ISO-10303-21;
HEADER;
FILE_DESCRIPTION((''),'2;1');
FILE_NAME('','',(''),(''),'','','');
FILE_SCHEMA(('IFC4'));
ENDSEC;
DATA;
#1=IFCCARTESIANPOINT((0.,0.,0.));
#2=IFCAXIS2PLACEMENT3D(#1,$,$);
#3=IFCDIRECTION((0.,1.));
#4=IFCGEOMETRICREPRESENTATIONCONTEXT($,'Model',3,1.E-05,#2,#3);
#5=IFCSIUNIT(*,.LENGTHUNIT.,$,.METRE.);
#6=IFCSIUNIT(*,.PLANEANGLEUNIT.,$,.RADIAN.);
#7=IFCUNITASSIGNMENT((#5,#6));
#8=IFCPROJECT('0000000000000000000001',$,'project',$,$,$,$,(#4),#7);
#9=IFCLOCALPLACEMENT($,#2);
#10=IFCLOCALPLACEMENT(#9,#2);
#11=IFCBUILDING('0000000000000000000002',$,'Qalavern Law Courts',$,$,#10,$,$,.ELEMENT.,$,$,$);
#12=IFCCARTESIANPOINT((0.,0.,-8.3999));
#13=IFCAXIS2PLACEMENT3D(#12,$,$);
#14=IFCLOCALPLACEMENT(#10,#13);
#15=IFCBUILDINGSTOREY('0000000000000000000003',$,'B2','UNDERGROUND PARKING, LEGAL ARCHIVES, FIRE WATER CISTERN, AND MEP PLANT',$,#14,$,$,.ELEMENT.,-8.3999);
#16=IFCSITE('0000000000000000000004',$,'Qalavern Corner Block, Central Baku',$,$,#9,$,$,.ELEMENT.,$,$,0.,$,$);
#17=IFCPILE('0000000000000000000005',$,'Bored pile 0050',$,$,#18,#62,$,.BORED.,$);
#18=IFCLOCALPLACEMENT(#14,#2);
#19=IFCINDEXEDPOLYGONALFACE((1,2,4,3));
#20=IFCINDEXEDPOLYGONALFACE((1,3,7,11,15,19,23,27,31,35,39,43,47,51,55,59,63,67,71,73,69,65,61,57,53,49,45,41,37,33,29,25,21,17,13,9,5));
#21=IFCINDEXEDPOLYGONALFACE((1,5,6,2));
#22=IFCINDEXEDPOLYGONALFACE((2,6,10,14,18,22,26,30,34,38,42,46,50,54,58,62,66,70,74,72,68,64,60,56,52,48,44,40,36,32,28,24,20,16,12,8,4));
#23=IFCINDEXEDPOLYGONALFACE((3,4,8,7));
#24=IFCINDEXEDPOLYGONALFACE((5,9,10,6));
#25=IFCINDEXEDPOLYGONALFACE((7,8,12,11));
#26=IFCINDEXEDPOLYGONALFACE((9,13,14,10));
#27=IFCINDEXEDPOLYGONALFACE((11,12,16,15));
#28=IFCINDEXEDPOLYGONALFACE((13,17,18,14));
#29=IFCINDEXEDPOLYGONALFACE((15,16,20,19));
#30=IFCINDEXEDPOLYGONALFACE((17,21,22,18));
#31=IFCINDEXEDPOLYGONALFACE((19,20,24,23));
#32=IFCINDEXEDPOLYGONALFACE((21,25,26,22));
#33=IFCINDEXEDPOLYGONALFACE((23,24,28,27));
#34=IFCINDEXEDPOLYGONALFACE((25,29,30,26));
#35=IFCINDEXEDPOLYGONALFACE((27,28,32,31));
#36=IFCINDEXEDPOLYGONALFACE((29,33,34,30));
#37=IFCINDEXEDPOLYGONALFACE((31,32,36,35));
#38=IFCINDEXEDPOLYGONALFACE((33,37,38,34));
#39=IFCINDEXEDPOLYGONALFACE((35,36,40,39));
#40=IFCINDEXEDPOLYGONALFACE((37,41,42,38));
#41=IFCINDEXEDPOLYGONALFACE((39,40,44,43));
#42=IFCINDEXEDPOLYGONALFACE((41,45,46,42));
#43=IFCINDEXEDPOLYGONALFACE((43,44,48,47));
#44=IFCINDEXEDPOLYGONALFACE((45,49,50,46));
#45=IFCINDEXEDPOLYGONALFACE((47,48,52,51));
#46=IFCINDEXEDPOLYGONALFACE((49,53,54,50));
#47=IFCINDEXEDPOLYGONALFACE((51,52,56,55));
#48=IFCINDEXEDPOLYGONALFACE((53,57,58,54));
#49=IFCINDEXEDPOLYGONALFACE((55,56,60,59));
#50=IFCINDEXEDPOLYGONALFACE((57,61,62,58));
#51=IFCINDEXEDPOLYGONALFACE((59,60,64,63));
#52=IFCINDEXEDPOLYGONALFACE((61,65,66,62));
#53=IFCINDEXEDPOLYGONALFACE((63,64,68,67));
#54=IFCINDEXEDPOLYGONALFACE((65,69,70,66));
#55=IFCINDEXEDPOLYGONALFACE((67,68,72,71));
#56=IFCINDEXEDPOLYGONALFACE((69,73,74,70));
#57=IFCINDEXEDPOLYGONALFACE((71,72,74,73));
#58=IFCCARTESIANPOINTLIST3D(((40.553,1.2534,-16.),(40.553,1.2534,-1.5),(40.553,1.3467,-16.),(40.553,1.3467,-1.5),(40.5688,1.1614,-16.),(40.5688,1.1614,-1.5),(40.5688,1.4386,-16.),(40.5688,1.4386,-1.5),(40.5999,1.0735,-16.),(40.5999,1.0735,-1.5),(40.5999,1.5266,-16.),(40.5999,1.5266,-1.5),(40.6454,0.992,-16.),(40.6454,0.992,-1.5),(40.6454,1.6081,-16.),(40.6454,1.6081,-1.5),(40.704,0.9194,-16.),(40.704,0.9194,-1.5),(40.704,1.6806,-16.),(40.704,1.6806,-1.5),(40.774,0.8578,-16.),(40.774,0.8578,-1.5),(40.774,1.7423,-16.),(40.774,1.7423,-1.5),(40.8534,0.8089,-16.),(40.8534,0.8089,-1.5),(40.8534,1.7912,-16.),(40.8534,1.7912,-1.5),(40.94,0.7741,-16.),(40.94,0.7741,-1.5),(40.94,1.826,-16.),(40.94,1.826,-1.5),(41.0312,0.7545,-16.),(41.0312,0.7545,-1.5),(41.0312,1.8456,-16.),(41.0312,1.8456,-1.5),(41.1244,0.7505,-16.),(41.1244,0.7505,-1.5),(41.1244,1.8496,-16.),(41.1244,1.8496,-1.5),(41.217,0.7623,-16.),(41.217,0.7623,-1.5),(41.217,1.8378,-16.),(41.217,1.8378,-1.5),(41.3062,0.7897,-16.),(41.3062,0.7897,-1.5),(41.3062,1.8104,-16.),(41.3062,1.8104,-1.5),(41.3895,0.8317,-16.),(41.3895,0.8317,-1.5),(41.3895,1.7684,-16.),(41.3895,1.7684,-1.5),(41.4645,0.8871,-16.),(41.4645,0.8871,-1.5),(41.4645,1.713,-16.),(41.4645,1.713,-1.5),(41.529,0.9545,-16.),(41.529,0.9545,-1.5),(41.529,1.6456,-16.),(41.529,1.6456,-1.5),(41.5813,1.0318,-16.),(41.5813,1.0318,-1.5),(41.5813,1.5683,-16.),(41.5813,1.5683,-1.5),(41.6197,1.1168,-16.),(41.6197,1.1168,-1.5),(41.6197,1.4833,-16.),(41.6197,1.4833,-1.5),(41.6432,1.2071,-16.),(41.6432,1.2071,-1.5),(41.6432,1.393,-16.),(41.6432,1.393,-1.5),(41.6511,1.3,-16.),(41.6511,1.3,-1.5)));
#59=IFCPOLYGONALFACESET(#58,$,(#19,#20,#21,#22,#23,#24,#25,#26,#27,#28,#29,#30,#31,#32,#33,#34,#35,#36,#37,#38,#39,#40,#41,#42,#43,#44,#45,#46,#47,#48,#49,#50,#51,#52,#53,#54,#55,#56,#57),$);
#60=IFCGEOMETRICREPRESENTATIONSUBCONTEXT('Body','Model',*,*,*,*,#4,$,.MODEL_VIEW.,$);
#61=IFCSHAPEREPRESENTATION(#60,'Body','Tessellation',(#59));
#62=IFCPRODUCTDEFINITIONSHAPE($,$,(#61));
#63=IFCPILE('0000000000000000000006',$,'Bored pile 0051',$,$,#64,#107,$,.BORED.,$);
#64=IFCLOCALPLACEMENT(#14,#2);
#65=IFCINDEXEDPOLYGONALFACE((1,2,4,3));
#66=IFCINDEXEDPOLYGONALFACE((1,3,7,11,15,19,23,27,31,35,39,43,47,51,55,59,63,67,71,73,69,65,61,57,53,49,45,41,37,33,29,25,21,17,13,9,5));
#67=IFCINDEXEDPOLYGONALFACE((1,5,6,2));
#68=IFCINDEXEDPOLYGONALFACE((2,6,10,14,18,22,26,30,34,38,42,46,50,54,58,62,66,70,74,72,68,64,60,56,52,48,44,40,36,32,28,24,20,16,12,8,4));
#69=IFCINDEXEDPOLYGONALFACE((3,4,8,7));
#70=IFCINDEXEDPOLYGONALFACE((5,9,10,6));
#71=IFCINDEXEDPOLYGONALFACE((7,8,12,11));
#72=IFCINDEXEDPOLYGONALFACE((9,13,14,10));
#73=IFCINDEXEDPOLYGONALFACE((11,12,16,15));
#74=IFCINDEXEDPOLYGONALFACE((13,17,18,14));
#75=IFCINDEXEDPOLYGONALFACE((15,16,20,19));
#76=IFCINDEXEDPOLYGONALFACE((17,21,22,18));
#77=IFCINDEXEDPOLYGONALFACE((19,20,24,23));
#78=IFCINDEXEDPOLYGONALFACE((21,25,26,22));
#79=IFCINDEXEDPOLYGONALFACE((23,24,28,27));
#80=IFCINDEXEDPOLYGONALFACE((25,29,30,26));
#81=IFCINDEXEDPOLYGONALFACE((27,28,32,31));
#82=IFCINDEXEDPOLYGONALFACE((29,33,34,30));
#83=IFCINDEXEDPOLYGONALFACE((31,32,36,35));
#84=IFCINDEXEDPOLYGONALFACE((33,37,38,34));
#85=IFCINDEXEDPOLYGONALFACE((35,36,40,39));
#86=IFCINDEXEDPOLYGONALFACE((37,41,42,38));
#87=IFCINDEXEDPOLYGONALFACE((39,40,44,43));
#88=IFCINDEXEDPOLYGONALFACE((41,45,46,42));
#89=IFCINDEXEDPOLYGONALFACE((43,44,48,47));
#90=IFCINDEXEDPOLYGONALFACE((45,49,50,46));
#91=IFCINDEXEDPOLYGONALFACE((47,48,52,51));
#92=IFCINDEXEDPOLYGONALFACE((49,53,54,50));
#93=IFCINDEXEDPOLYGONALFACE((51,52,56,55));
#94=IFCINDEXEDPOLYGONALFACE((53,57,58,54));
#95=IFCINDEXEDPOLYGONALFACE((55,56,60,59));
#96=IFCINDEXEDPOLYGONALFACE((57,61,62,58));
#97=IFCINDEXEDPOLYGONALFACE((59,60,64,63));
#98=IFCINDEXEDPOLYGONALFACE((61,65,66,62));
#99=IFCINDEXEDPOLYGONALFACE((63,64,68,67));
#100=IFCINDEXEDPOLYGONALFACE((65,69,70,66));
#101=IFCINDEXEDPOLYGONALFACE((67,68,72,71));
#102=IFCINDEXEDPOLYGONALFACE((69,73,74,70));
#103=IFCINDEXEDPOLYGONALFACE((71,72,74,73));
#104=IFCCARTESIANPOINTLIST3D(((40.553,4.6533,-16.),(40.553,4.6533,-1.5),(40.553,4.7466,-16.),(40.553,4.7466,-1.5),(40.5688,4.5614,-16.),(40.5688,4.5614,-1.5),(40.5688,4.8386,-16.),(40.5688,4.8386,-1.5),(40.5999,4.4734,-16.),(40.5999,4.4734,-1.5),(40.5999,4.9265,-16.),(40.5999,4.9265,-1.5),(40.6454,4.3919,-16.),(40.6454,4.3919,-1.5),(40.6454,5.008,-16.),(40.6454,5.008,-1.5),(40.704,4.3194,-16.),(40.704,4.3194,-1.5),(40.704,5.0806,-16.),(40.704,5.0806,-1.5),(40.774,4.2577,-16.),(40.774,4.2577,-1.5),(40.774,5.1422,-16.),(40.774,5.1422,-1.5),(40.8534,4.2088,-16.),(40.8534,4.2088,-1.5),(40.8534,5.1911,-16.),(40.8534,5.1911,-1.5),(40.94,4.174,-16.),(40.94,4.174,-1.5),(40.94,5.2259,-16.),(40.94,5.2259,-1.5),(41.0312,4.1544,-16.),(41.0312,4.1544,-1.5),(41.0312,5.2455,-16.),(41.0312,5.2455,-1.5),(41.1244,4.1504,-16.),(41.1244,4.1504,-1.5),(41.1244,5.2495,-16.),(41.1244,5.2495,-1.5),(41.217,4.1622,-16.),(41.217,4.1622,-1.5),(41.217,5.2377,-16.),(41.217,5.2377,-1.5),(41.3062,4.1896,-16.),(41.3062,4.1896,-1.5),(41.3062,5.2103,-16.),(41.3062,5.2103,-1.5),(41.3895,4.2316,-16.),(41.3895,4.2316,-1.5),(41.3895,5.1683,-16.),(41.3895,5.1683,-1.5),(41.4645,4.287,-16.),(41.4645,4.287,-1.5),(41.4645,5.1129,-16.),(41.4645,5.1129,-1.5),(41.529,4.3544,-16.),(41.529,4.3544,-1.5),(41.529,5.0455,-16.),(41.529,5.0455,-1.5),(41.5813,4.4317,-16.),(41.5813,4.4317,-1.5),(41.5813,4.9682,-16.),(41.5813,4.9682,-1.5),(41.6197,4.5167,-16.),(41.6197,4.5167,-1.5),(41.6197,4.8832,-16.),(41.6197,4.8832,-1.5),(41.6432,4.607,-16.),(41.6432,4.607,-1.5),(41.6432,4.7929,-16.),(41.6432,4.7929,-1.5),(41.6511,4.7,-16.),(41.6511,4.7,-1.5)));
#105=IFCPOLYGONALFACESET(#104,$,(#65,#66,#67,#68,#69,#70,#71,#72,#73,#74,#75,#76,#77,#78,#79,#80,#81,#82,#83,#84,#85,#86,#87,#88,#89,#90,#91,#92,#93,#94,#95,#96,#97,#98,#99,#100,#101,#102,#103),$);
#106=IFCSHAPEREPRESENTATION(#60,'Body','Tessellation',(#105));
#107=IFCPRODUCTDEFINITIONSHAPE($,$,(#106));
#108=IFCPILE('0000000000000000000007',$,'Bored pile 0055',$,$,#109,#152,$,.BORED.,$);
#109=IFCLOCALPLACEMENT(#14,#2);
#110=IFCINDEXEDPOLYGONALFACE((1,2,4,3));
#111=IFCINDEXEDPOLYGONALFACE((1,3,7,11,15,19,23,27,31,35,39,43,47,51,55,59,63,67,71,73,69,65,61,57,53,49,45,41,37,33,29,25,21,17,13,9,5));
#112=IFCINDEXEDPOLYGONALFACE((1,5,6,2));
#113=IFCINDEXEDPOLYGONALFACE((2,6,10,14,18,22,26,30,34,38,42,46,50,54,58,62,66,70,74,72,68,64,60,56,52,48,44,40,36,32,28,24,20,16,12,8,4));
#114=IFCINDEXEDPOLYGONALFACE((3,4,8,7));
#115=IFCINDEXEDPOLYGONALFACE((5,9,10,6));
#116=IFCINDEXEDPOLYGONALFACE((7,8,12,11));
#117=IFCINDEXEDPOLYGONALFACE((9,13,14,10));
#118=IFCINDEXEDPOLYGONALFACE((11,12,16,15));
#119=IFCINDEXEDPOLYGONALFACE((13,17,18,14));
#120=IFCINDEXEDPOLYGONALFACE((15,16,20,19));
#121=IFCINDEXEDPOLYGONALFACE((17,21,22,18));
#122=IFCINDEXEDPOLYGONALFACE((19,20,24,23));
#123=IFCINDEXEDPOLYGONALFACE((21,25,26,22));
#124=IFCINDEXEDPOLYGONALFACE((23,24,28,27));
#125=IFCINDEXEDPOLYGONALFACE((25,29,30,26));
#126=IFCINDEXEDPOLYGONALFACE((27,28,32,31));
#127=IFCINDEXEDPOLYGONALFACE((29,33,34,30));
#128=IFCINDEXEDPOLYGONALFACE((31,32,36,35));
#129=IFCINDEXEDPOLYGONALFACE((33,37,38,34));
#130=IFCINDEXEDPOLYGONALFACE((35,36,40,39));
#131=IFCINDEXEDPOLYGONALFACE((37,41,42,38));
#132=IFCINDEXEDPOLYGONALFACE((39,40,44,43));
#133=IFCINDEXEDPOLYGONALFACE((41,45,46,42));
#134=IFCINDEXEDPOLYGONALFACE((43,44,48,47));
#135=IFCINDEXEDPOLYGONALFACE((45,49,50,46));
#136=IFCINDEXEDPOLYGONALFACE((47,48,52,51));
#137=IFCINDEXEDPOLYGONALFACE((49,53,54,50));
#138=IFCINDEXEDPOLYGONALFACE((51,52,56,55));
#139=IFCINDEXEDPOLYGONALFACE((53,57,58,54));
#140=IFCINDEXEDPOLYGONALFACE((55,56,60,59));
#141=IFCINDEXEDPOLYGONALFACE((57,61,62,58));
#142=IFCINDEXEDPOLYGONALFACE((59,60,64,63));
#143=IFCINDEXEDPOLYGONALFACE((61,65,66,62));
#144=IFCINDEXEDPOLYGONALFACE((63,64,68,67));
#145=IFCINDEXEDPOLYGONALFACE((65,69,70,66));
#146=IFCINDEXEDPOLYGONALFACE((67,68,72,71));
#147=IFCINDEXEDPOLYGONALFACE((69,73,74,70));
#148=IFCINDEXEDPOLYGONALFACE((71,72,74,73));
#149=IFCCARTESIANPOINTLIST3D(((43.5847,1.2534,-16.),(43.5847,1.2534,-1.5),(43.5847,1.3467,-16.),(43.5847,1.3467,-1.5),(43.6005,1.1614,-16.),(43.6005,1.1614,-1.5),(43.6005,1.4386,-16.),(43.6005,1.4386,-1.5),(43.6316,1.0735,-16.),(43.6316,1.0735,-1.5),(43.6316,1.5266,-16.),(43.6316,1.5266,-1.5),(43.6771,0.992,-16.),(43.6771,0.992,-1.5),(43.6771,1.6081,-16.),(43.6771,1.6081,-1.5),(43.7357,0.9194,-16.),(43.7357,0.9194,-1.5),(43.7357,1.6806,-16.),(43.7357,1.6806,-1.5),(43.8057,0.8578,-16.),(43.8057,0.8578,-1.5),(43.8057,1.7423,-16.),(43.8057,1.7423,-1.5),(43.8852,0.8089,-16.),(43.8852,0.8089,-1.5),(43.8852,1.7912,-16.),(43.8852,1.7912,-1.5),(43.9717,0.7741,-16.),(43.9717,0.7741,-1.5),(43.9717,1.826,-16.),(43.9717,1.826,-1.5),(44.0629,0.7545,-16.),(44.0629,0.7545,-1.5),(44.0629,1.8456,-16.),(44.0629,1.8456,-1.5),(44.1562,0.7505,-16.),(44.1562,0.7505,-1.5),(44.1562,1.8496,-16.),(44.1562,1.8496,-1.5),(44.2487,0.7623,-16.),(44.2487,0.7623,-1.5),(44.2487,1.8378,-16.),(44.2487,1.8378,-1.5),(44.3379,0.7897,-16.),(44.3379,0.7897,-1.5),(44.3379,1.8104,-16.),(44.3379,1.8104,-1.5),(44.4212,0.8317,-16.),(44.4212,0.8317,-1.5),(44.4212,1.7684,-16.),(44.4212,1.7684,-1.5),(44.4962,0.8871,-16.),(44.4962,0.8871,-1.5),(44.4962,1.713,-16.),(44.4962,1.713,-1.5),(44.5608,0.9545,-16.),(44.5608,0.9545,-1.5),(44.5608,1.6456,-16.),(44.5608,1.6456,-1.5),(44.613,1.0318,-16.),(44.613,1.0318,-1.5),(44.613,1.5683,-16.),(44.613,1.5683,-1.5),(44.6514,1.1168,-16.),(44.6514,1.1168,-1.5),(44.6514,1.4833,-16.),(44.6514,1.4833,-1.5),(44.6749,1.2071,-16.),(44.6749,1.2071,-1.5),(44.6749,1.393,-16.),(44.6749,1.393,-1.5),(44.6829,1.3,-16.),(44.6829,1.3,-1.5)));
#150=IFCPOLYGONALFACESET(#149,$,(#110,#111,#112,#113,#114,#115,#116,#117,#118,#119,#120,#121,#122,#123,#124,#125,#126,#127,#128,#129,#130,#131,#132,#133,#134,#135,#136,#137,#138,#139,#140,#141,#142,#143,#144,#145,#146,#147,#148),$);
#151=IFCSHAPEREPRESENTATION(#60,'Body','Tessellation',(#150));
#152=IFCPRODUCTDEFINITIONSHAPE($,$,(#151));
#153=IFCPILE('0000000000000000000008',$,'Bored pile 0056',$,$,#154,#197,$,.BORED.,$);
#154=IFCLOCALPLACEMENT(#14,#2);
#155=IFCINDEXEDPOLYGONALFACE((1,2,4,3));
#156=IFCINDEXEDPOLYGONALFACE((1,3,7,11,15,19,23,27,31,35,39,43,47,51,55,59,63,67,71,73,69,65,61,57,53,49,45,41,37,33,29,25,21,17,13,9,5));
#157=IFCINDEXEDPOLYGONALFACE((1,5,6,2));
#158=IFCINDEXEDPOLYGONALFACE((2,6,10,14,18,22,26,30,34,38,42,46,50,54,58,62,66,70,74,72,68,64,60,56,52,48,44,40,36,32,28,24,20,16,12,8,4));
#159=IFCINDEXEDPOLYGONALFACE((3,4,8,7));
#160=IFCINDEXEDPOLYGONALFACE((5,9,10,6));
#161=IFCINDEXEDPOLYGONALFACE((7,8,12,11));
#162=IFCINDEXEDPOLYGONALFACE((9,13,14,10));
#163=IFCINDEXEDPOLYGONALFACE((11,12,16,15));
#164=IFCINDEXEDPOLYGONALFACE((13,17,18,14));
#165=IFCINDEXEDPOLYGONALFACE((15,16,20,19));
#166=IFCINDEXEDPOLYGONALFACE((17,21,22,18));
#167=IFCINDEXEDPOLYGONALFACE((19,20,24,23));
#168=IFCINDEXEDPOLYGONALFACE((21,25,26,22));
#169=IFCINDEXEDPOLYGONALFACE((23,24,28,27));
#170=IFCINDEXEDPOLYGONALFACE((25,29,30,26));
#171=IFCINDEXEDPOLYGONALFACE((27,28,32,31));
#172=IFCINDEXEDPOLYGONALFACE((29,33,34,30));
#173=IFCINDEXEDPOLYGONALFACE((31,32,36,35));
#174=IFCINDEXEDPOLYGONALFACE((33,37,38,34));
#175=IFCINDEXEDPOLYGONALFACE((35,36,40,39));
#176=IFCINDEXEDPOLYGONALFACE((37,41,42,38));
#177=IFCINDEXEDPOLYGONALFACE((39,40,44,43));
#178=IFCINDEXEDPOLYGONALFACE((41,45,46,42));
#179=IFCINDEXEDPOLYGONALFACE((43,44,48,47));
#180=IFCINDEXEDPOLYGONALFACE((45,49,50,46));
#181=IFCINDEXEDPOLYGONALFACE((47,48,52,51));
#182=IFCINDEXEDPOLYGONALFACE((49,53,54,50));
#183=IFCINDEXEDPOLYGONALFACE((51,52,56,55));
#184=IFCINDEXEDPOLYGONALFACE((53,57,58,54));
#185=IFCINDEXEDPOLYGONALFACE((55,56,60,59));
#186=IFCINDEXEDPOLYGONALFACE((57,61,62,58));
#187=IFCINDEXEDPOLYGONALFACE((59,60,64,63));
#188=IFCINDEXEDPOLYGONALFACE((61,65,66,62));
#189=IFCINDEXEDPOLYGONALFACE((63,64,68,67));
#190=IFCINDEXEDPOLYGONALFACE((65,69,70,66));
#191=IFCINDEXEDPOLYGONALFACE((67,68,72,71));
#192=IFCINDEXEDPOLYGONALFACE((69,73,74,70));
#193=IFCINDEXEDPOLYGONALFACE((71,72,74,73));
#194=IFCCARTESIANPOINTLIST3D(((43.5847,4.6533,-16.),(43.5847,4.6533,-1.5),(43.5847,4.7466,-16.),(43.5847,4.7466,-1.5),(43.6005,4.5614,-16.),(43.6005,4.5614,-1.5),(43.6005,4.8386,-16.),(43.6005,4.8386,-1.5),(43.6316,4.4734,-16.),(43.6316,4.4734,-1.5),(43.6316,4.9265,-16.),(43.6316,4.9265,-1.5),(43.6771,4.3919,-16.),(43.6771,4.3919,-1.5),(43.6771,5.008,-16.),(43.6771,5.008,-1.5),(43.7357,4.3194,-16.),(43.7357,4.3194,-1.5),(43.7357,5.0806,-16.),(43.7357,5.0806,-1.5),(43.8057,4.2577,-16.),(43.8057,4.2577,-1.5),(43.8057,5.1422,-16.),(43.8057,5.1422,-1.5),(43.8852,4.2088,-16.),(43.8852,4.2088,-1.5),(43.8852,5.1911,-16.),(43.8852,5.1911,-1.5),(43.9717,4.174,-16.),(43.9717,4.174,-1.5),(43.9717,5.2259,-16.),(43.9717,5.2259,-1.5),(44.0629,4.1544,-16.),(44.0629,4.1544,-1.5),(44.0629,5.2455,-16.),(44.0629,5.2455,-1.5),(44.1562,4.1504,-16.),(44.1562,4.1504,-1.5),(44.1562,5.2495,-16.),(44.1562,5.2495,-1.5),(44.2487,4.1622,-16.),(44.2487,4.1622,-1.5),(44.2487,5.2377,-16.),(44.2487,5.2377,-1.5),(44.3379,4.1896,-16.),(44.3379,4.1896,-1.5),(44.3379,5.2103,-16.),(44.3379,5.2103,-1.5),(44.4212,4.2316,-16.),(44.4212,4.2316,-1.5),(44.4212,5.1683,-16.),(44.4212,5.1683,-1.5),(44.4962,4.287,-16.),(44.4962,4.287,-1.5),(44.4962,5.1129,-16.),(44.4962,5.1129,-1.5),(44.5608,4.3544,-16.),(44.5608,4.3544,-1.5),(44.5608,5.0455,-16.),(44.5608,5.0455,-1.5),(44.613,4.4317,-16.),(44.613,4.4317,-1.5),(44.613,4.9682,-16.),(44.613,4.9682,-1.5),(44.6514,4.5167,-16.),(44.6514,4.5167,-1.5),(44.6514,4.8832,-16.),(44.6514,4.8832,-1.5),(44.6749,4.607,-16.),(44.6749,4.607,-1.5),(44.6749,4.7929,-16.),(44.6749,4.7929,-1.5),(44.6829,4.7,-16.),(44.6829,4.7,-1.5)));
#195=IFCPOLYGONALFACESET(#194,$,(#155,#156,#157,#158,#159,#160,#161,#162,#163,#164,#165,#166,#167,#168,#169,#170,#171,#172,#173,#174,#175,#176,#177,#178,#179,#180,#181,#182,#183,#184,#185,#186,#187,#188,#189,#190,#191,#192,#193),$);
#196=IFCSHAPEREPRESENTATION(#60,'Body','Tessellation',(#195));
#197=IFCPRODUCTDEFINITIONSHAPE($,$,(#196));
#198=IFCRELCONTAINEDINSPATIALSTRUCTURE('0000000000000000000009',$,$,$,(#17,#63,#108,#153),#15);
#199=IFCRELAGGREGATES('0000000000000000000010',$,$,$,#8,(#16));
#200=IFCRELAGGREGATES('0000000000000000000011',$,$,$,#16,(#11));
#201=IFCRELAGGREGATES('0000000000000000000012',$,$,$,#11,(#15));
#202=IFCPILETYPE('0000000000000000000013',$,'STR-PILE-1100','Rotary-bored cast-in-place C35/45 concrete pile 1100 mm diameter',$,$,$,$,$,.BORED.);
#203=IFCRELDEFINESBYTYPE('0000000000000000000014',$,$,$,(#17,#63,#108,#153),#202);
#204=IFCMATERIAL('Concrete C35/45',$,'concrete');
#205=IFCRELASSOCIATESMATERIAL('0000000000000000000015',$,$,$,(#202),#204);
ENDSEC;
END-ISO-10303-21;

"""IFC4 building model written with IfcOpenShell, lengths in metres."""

from ifc_helpers import new_model, si_unit, direction, frame, origin, origin_2d, place, context, subcontext, project, spatial, circle, extrude, material, material_profile, profile_set, type_object, element, save


model = new_model("IFC4")

# Units and contexts
model_context = context("Model", 3, precision=1e-05, world=origin(), true_north=direction((0.0, 1.0)))
body_context = subcontext(model_context, "Body", "Model", "MODEL_VIEW")
ifc_project = project(units=[si_unit("LENGTHUNIT", "METRE"), si_unit("PLANEANGLEUNIT", "RADIAN")], contexts=[model_context])

# Site, building, storey
site_placement = place(None, origin())
site = spatial("IfcSite", under=ifc_project, at=site_placement, Name="Qalavern Corner Block, Central Baku", CompositionType="ELEMENT", RefElevation=0.0)
building_placement = place(site_placement, origin())
building = spatial("IfcBuilding", under=site, at=building_placement, Name="Qalavern Law Courts", CompositionType="ELEMENT")
storey_placement = place(building_placement, frame((0.0, 0.0, -8.3999)))
storey = spatial("IfcBuildingStorey", under=building, at=storey_placement, Name="B2", Description="UNDERGROUND PARKING, LEGAL ARCHIVES, FIRE WATER CISTERN, AND MEP PLANT", CompositionType="ELEMENT", Elevation=-8.3999)

# Piles
ifc_material_1 = material(Name="Concrete C35/45", Category="concrete")
ifc_material_profile_1 = material_profile(ifc_material_1, circle(Radius=0.55, at=origin_2d()), Name="BORED PILE 1100")
ifc_profile_set_1 = profile_set([ifc_material_profile_1], Name="Concrete C35/45")
pile_type = type_object("IfcPileType", Name="STR-PILE-1100", Description="Rotary-bored cast-in-place C35/45 concrete pile 1100 mm diameter", PredefinedType="BORED", material=ifc_profile_set_1)
for number, where, z_axis, x_axis, name in (
    (1, (41.1011, 1.3, -1.5), (0.0, 0.0, -1.0), (1.0, 0.0, 0.0), "Bored pile 0050"),
    (2, (41.1011, 4.7, -1.5), (0.0, 0.0, -1.0), (1.0, 0.0, 0.0), "Bored pile 0051"),
    (3, (44.1328, 1.3, -1.5), (0.0, 0.0, -1.0), (1.0, 0.0, 0.0), "Bored pile 0055"),
    (4, (44.1328, 4.7, -1.5), (0.0, 0.0, -1.0), (1.0, 0.0, 0.0), "Bored pile 0056"),
):
    element("IfcPile", number, at=place(storey_placement, frame(where, z_axis=z_axis, x_axis=x_axis)), inside=storey, type_object=pile_type, Name=name, PredefinedType="BORED", context=body_context, shape_type="SweptSolid", body=[
        extrude(circle(Radius=0.55, at=origin_2d()), origin(), (0.0, 0.0, 1.0), 14.5),
    ])

save(model, "model.ifc")
